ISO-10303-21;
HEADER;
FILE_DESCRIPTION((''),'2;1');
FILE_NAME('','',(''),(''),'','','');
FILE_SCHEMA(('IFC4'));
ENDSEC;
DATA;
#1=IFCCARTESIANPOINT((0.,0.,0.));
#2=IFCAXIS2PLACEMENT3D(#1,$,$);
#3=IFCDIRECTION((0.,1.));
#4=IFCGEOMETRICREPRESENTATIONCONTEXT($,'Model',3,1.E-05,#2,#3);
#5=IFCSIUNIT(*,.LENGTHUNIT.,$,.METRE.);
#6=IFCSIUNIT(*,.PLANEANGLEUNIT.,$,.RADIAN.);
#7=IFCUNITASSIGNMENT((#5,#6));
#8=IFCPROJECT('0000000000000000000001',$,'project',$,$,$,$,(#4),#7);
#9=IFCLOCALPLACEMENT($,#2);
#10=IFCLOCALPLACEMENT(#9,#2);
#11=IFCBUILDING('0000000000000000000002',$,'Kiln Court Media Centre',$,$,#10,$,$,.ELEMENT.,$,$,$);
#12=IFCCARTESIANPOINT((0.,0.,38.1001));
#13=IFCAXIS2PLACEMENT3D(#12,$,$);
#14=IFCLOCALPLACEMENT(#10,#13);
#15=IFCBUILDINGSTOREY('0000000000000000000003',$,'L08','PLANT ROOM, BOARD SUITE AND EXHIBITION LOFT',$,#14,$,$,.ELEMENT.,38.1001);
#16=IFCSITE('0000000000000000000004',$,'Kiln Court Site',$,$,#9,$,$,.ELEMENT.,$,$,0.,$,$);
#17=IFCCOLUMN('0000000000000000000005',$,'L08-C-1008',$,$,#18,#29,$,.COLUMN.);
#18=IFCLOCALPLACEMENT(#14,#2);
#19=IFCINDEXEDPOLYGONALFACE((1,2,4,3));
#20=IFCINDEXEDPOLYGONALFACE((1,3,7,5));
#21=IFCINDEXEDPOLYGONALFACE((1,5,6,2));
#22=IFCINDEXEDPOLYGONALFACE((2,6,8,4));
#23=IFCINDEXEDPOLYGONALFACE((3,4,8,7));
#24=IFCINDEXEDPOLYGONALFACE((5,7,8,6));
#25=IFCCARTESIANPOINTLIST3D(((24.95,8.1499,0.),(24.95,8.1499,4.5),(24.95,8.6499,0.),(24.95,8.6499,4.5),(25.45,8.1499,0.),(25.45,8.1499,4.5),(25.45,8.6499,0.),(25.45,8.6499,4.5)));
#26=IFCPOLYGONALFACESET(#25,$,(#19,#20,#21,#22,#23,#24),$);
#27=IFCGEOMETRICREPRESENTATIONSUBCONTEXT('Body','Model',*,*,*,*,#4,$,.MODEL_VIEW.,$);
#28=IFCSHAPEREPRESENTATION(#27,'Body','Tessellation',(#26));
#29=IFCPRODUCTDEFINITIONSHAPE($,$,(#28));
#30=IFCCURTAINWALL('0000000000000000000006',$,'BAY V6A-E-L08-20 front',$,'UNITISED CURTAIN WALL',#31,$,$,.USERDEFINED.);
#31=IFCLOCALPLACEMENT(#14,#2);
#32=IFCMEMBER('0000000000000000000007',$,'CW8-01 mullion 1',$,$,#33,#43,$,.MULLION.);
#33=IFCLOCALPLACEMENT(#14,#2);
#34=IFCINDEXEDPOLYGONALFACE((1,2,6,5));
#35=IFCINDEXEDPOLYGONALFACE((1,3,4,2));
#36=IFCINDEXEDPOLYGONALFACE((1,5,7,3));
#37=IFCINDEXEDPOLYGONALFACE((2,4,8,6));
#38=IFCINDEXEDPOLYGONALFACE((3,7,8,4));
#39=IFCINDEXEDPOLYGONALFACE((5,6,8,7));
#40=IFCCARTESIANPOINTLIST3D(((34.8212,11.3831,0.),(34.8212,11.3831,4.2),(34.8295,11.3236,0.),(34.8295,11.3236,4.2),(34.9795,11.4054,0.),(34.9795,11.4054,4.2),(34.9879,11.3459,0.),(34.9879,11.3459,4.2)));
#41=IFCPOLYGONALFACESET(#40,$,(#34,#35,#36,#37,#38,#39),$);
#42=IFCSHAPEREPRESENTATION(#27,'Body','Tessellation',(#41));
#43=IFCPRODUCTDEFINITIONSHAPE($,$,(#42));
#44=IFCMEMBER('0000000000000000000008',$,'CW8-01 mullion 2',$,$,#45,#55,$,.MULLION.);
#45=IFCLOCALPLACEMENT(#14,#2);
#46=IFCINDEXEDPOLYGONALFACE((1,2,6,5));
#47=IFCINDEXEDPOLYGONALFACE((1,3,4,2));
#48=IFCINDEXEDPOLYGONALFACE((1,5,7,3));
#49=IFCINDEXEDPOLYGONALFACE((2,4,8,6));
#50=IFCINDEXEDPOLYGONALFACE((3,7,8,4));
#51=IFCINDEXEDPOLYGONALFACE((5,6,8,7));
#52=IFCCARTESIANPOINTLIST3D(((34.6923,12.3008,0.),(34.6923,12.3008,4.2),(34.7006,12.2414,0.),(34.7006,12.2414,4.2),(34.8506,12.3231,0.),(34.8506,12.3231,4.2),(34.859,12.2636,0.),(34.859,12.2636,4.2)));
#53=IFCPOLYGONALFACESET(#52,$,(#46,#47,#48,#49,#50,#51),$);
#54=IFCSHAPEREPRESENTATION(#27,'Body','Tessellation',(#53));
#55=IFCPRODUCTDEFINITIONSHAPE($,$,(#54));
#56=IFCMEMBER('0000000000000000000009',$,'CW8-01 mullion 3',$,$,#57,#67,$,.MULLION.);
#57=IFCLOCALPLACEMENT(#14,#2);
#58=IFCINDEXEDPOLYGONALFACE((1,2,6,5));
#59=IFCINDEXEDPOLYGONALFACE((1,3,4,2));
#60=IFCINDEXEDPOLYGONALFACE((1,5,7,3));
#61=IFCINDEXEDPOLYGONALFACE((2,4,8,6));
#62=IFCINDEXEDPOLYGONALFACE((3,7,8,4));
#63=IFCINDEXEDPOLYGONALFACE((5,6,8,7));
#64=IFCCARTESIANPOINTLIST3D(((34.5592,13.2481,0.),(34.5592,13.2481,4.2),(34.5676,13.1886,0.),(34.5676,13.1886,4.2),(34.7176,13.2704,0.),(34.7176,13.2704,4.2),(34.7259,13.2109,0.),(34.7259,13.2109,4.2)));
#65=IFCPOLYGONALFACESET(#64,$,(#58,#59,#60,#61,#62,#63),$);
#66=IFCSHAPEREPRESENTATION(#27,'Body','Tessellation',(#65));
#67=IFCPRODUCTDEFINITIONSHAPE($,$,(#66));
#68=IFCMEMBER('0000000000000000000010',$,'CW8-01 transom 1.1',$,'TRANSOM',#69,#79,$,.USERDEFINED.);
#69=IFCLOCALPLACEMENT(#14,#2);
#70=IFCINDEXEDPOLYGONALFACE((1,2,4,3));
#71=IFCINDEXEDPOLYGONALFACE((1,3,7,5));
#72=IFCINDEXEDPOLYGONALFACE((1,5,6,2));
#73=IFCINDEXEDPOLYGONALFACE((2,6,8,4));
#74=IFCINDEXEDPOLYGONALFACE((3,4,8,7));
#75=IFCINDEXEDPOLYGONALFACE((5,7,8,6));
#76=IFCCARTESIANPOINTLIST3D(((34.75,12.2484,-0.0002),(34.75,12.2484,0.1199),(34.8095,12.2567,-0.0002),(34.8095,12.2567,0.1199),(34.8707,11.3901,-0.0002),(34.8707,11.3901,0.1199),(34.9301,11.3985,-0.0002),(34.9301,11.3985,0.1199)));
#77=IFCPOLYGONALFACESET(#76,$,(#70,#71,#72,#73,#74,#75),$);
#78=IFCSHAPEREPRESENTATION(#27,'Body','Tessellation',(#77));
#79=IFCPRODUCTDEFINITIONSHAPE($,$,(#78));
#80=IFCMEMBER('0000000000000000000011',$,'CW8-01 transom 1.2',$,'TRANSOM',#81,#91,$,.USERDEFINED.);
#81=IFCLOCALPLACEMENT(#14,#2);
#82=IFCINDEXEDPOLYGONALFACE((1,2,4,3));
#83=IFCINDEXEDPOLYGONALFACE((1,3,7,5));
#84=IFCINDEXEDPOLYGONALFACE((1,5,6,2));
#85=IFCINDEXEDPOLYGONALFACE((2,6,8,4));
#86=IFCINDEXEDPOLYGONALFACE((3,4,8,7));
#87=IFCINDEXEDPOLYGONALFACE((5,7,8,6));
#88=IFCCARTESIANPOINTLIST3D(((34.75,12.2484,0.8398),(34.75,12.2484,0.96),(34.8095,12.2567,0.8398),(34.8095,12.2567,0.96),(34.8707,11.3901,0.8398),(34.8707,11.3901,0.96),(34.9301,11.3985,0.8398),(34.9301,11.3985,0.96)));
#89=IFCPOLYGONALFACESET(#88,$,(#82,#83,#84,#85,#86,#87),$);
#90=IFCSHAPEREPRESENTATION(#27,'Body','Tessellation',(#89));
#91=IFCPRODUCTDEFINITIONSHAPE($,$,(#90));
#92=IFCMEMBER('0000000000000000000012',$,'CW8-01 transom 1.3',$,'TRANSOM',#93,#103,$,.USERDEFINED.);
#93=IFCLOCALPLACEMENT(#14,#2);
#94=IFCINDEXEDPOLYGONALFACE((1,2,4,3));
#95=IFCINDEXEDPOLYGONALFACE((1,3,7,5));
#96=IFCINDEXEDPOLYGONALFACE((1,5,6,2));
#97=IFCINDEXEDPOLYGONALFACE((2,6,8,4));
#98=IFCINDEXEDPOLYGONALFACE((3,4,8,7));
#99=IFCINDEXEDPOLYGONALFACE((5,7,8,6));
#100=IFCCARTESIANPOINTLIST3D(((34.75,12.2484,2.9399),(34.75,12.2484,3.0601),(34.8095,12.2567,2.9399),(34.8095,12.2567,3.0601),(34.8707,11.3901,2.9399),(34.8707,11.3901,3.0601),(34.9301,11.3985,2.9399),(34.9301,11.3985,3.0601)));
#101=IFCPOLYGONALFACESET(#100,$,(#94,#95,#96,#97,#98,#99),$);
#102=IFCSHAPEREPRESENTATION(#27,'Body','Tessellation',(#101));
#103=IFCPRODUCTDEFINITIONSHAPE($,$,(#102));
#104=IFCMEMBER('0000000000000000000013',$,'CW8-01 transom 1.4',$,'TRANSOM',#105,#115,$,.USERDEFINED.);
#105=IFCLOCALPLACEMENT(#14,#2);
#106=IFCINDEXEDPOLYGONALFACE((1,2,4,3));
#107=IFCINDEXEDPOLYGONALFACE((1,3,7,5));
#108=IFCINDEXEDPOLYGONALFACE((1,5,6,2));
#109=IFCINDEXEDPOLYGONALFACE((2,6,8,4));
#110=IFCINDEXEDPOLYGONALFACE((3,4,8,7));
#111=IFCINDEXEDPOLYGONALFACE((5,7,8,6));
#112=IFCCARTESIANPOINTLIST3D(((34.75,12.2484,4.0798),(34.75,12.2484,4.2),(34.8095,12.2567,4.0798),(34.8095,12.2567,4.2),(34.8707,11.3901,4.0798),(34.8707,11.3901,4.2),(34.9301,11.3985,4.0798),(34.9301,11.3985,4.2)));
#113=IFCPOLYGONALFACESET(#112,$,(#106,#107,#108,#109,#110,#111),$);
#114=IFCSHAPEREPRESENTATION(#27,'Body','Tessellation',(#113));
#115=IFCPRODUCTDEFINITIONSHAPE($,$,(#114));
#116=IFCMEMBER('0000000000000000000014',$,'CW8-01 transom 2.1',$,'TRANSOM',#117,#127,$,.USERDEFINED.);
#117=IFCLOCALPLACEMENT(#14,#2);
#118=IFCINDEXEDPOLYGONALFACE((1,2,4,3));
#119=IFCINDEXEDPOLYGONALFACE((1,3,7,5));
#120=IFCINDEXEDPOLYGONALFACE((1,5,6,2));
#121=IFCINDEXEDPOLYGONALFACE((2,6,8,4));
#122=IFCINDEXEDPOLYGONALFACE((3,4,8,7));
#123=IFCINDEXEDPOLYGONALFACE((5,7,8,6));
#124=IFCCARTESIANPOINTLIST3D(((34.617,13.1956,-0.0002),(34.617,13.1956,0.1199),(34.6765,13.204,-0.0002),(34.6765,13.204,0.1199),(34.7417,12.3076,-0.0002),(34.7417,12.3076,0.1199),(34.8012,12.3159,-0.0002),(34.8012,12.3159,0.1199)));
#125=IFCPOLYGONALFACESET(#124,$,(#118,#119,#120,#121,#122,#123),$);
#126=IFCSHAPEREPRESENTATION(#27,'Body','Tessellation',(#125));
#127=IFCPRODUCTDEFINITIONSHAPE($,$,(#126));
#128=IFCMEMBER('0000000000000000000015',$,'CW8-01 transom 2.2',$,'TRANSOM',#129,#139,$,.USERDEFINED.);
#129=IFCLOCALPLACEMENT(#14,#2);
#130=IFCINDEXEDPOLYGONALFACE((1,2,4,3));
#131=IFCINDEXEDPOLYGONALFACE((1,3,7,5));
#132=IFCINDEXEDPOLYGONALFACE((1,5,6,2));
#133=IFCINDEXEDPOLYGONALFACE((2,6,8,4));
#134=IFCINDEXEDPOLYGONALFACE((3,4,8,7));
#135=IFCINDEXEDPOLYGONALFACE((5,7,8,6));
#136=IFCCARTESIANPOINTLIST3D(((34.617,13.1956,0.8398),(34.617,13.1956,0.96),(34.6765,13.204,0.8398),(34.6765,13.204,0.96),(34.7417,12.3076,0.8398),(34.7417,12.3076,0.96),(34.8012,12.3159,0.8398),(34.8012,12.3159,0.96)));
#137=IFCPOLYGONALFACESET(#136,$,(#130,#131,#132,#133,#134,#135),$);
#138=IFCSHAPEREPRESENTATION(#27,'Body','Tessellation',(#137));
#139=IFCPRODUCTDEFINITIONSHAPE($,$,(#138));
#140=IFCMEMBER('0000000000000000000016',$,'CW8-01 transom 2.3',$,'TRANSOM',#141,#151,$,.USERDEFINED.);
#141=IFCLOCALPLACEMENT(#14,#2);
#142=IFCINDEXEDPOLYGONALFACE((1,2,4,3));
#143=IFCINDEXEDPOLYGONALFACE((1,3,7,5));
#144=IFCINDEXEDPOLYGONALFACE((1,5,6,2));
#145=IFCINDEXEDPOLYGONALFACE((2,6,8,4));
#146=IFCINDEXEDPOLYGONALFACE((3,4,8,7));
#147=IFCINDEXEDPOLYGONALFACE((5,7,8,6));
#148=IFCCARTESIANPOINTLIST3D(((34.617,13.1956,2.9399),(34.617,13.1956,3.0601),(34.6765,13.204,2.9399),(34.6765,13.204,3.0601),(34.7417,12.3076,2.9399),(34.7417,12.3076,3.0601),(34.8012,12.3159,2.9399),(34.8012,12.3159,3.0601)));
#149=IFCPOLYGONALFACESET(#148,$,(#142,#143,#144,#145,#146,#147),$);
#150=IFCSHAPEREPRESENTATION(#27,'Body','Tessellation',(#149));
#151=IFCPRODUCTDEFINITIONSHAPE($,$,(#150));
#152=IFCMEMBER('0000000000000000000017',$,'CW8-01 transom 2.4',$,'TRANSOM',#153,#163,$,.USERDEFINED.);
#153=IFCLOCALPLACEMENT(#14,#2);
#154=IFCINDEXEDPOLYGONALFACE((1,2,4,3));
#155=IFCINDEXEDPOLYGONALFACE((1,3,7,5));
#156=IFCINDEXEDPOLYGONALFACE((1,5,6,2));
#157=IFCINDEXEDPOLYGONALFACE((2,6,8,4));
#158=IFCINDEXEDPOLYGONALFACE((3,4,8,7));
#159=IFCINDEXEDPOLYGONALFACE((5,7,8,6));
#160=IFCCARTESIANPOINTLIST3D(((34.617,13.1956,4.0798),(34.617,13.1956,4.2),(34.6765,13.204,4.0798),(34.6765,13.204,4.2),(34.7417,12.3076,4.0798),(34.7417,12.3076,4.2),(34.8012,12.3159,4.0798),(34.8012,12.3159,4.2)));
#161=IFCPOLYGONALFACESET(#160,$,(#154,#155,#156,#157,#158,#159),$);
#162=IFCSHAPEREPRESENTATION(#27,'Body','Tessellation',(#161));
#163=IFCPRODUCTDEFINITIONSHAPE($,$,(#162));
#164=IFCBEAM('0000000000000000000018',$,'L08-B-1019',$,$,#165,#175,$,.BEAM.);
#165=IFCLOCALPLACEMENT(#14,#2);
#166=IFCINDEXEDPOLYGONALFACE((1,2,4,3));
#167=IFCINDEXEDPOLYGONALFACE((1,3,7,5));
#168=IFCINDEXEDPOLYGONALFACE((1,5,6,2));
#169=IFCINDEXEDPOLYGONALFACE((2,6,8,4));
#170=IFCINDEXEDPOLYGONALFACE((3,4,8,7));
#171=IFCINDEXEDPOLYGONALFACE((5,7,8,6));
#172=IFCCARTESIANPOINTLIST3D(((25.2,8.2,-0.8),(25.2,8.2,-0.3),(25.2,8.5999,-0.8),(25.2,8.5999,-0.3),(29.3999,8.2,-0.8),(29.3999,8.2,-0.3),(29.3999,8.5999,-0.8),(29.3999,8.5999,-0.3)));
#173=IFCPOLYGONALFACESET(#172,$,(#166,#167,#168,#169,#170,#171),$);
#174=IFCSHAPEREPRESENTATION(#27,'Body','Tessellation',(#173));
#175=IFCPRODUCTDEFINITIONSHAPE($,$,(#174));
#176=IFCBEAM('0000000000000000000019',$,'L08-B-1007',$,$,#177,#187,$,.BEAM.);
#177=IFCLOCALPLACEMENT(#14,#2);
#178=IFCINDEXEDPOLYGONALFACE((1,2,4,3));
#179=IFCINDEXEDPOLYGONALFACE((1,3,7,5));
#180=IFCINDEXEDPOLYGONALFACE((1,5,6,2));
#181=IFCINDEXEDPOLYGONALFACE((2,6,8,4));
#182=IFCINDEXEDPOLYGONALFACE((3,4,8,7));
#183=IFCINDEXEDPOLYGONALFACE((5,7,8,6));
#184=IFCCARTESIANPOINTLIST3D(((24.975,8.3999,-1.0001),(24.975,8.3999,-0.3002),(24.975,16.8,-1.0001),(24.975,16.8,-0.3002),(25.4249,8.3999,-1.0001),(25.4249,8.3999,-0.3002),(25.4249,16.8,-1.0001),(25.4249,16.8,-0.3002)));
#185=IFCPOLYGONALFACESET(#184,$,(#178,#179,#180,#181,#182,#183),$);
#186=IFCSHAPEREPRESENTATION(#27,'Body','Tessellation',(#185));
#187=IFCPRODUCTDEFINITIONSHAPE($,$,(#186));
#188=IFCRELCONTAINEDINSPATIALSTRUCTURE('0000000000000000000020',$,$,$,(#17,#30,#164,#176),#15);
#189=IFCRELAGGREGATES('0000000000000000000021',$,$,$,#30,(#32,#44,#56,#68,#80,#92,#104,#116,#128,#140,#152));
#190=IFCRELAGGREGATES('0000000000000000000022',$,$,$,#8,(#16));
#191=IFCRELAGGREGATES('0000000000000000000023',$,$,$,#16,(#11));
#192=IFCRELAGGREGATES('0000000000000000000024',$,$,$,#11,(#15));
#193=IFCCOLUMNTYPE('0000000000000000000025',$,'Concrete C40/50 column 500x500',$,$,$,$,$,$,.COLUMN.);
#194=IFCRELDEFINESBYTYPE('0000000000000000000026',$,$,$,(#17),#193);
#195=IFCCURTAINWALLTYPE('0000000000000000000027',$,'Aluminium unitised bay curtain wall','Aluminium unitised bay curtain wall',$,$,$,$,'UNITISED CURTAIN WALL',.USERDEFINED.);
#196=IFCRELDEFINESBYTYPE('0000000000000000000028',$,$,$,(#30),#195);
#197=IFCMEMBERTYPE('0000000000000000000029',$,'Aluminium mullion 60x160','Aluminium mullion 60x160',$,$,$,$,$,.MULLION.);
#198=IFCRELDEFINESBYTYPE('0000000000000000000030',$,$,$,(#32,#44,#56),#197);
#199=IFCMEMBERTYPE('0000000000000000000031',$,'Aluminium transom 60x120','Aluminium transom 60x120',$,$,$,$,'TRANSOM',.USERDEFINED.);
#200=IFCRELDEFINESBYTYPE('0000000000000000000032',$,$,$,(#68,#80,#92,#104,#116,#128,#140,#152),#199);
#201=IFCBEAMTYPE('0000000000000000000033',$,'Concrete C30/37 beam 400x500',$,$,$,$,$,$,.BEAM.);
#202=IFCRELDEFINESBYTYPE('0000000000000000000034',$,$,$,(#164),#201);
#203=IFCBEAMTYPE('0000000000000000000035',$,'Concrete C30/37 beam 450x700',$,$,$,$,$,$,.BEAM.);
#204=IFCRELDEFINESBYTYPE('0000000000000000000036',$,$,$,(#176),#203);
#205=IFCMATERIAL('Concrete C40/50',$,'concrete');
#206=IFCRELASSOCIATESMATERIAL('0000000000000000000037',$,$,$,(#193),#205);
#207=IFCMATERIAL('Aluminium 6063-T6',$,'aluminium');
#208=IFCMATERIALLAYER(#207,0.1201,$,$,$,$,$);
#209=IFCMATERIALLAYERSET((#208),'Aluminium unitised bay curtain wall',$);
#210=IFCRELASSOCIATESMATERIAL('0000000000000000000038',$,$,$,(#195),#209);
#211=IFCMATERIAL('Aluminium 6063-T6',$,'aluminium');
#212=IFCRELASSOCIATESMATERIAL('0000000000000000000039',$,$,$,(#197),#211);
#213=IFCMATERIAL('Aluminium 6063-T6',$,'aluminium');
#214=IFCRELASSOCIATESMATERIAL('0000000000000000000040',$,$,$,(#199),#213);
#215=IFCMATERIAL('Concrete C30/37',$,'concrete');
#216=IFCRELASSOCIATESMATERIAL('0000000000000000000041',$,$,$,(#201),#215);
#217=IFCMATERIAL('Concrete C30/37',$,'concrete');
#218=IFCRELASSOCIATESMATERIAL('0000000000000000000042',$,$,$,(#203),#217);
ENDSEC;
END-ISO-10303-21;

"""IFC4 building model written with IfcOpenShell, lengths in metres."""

from ifc_helpers import new_model, si_unit, direction, frame, origin, origin_2d, place, context, subcontext, project, spatial, rectangle, extrude, material, layer, layer_set, material_profile, profile_set, type_object, element, aggregate, save


model = new_model("IFC4")

# Units and contexts
model_context = context("Model", 3, precision=1e-05, world=origin(), true_north=direction((0.0, 1.0)))
body_context = subcontext(model_context, "Body", "Model", "MODEL_VIEW")
ifc_project = project(units=[si_unit("LENGTHUNIT", "METRE"), si_unit("PLANEANGLEUNIT", "RADIAN")], contexts=[model_context])

# Site, building, storey
site_placement = place(None, origin())
site = spatial("IfcSite", under=ifc_project, at=site_placement, Name="Kiln Court Site", CompositionType="ELEMENT", RefElevation=0.0)
building_placement = place(site_placement, origin())
building = spatial("IfcBuilding", under=site, at=building_placement, Name="Kiln Court Media Centre", CompositionType="ELEMENT")
storey_placement = place(building_placement, frame((0.0, 0.0, 38.1001)))
storey = spatial("IfcBuildingStorey", under=building, at=storey_placement, Name="L08", Description="PLANT ROOM, BOARD SUITE AND EXHIBITION LOFT", CompositionType="ELEMENT", Elevation=38.1001)

# Column
ifc_material_1 = material(Name="Concrete C40/50", Category="concrete")
ifc_material_profile_1 = material_profile(ifc_material_1, rectangle(XDim=0.5, YDim=0.5, at=origin_2d()), Name="RC 500x500")
ifc_profile_set_1 = profile_set([ifc_material_profile_1], Name="Concrete C40/50")
column_type = type_object("IfcColumnType", Name="Concrete C40/50 column 500x500", PredefinedType="COLUMN", material=ifc_profile_set_1)
column_placement = place(storey_placement, frame((25.2, 8.3999, 0.0), z_axis=(0.0, 0.0, 1.0), x_axis=(1.0, 0.0, 0.0)))
element("IfcColumn", 1, at=column_placement, inside=storey, type_object=column_type, Name="L08-C-1008", PredefinedType="COLUMN", context=body_context, shape_type="SweptSolid", body=[
    extrude(rectangle(XDim=0.5, YDim=0.5, at=origin_2d()), origin(), (0.0, 0.0, 1.0), 4.5),
])

# Curtain wall, members
ifc_material_2 = material(Name="Aluminium 6063-T6", Category="aluminium")
ifc_layer_1 = layer(ifc_material_2, 0.1201)
ifc_layer_set_1 = layer_set([ifc_layer_1], Name="Aluminium unitised bay curtain wall")
curtain_wall_type = type_object("IfcCurtainWallType", Name="Aluminium unitised bay curtain wall", Description="Aluminium unitised bay curtain wall", ElementType="UNITISED CURTAIN WALL", PredefinedType="USERDEFINED", material=ifc_layer_set_1)
curtain_wall_placement = place(storey_placement, origin())
curtain_wall = element("IfcCurtainWall", 2, at=curtain_wall_placement, inside=storey, type_object=curtain_wall_type, Name="BAY V6A-E-L08-20 front", ObjectType="UNITISED CURTAIN WALL", PredefinedType="USERDEFINED")
ifc_material_3 = material(Name="Aluminium 6063-T6", Category="aluminium")
ifc_material_profile_2 = material_profile(ifc_material_3, rectangle(XDim=0.0601, YDim=0.1599, at=origin_2d()), Name="Aluminium mullion 60x160")
ifc_profile_set_2 = profile_set([ifc_material_profile_2], Name="Aluminium 6063-T6")
member_type_1 = type_object("IfcMemberType", Name="Aluminium mullion 60x160", Description="Aluminium mullion 60x160", PredefinedType="MULLION", material=ifc_profile_set_2)
member_1_placement = place(storey_placement, frame((34.9045, 11.3645, 0.0), z_axis=(0.0, 0.0, 1.0), x_axis=(-0.139162, 0.99027, 0.0)))
member_1 = element("IfcMember", 3, at=member_1_placement, type_object=member_type_1, Name="CW8-01 mullion 1", PredefinedType="MULLION", context=body_context, shape_type="SweptSolid", body=[
    extrude(rectangle(XDim=0.0601, YDim=0.1599, at=origin_2d()), origin(), (0.0, 0.0, 1.0), 4.2),
])
member_2_placement = place(storey_placement, frame((34.7756, 12.2822, 0.0), z_axis=(0.0, 0.0, 1.0), x_axis=(-0.139162, 0.99027, 0.0)))
member_2 = element("IfcMember", 4, at=member_2_placement, type_object=member_type_1, Name="CW8-01 mullion 2", PredefinedType="MULLION", context=body_context, shape_type="SweptSolid", body=[
    extrude(rectangle(XDim=0.0601, YDim=0.1599, at=origin_2d()), origin(), (0.0, 0.0, 1.0), 4.2),
])
member_3_placement = place(storey_placement, frame((34.6426, 13.2295, 0.0), z_axis=(0.0, 0.0, 1.0), x_axis=(-0.139162, 0.99027, 0.0)))
member_3 = element("IfcMember", 5, at=member_3_placement, type_object=member_type_1, Name="CW8-01 mullion 3", PredefinedType="MULLION", context=body_context, shape_type="SweptSolid", body=[
    extrude(rectangle(XDim=0.0601, YDim=0.1599, at=origin_2d()), origin(), (0.0, 0.0, 1.0), 4.2),
])
ifc_material_4 = material(Name="Aluminium 6063-T6", Category="aluminium")
ifc_material_profile_3 = material_profile(ifc_material_4, rectangle(XDim=0.0601, YDim=0.1201, at=origin_2d()), Name="Aluminium transom 60x120")
ifc_profile_set_3 = profile_set([ifc_material_profile_3], Name="Aluminium 6063-T6")
member_type_2 = type_object("IfcMemberType", Name="Aluminium transom 60x120", Description="Aluminium transom 60x120", ElementType="TRANSOM", PredefinedType="USERDEFINED", material=ifc_profile_set_3)
member_4_placement = place(storey_placement, frame((34.9004, 11.3943, 0.0598), z_axis=(-0.139173, 0.990268, 0.0), x_axis=(-0.990268, -0.139173, 0.0)))
member_4 = element("IfcMember", 6, at=member_4_placement, type_object=member_type_2, Name="CW8-01 transom 1.1", ObjectType="TRANSOM", PredefinedType="USERDEFINED", context=body_context, shape_type="SweptSolid", body=[
    extrude(rectangle(XDim=0.0601, YDim=0.1201, at=origin_2d()), origin(), (0.0, 0.0, 1.0), 0.8667),
])
member_5_placement = place(storey_placement, frame((34.9004, 11.3943, 0.8999), z_axis=(-0.139173, 0.990268, 0.0), x_axis=(-0.990268, -0.139173, 0.0)))
member_5 = element("IfcMember", 7, at=member_5_placement, type_object=member_type_2, Name="CW8-01 transom 1.2", ObjectType="TRANSOM", PredefinedType="USERDEFINED", context=body_context, shape_type="SweptSolid", body=[
    extrude(rectangle(XDim=0.0601, YDim=0.1201, at=origin_2d()), origin(), (0.0, 0.0, 1.0), 0.8667),
])
member_6_placement = place(storey_placement, frame((34.9004, 11.3943, 3.0), z_axis=(-0.139173, 0.990268, 0.0), x_axis=(-0.990268, -0.139173, 0.0)))
member_6 = element("IfcMember", 8, at=member_6_placement, type_object=member_type_2, Name="CW8-01 transom 1.3", ObjectType="TRANSOM", PredefinedType="USERDEFINED", context=body_context, shape_type="SweptSolid", body=[
    extrude(rectangle(XDim=0.0601, YDim=0.1201, at=origin_2d()), origin(), (0.0, 0.0, 1.0), 0.8667),
])
member_7_placement = place(storey_placement, frame((34.9004, 11.3943, 4.1399), z_axis=(-0.139173, 0.990268, 0.0), x_axis=(-0.990268, -0.139173, 0.0)))
member_7 = element("IfcMember", 9, at=member_7_placement, type_object=member_type_2, Name="CW8-01 transom 1.4", ObjectType="TRANSOM", PredefinedType="USERDEFINED", context=body_context, shape_type="SweptSolid", body=[
    extrude(rectangle(XDim=0.0601, YDim=0.1201, at=origin_2d()), origin(), (0.0, 0.0, 1.0), 0.8667),
])
member_8_placement = place(storey_placement, frame((34.7715, 12.3118, 0.0598), z_axis=(-0.139134, 0.990274, 0.0), x_axis=(-0.990274, -0.139134, 0.0)))
member_8 = element("IfcMember", 10, at=member_8_placement, type_object=member_type_2, Name="CW8-01 transom 2.1", ObjectType="TRANSOM", PredefinedType="USERDEFINED", context=body_context, shape_type="SweptSolid", body=[
    extrude(rectangle(XDim=0.0601, YDim=0.1201, at=origin_2d()), origin(), (0.0, 0.0, 1.0), 0.8967),
])
member_9_placement = place(storey_placement, frame((34.7715, 12.3118, 0.8999), z_axis=(-0.139134, 0.990274, 0.0), x_axis=(-0.990274, -0.139134, 0.0)))
member_9 = element("IfcMember", 11, at=member_9_placement, type_object=member_type_2, Name="CW8-01 transom 2.2", ObjectType="TRANSOM", PredefinedType="USERDEFINED", context=body_context, shape_type="SweptSolid", body=[
    extrude(rectangle(XDim=0.0601, YDim=0.1201, at=origin_2d()), origin(), (0.0, 0.0, 1.0), 0.8967),
])
member_10_placement = place(storey_placement, frame((34.7715, 12.3118, 3.0), z_axis=(-0.139134, 0.990274, 0.0), x_axis=(-0.990274, -0.139134, 0.0)))
member_10 = element("IfcMember", 12, at=member_10_placement, type_object=member_type_2, Name="CW8-01 transom 2.3", ObjectType="TRANSOM", PredefinedType="USERDEFINED", context=body_context, shape_type="SweptSolid", body=[
    extrude(rectangle(XDim=0.0601, YDim=0.1201, at=origin_2d()), origin(), (0.0, 0.0, 1.0), 0.8967),
])
member_11_placement = place(storey_placement, frame((34.7715, 12.3118, 4.1399), z_axis=(-0.139134, 0.990274, 0.0), x_axis=(-0.990274, -0.139134, 0.0)))
member_11 = element("IfcMember", 13, at=member_11_placement, type_object=member_type_2, Name="CW8-01 transom 2.4", ObjectType="TRANSOM", PredefinedType="USERDEFINED", context=body_context, shape_type="SweptSolid", body=[
    extrude(rectangle(XDim=0.0601, YDim=0.1201, at=origin_2d()), origin(), (0.0, 0.0, 1.0), 0.8967),
])

# Beams
ifc_material_5 = material(Name="Concrete C30/37", Category="concrete")
ifc_material_profile_4 = material_profile(ifc_material_5, rectangle(XDim=0.3999, YDim=0.5, at=origin_2d()), Name="RC 400x500")
ifc_profile_set_4 = profile_set([ifc_material_profile_4], Name="Concrete C30/37")
beam_type_1 = type_object("IfcBeamType", Name="Concrete C30/37 beam 400x500", PredefinedType="BEAM", material=ifc_profile_set_4)
beam_1_placement = place(storey_placement, frame((25.2, 8.3999, -0.55), z_axis=(1.0, 0.0, 0.0), x_axis=(0.0, 1.0, 0.0)))
element("IfcBeam", 14, at=beam_1_placement, inside=storey, type_object=beam_type_1, Name="L08-B-1019", PredefinedType="BEAM", context=body_context, shape_type="SweptSolid", body=[
    extrude(rectangle(XDim=0.3999, YDim=0.5, at=origin_2d()), origin(), (0.0, 0.0, 1.0), 4.2),
])
ifc_material_6 = material(Name="Concrete C30/37", Category="concrete")
ifc_material_profile_5 = material_profile(ifc_material_6, rectangle(XDim=0.45, YDim=0.7, at=origin_2d()), Name="RC 450x700")
ifc_profile_set_5 = profile_set([ifc_material_profile_5], Name="Concrete C30/37")
beam_type_2 = type_object("IfcBeamType", Name="Concrete C30/37 beam 450x700", PredefinedType="BEAM", material=ifc_profile_set_5)
beam_2_placement = place(storey_placement, frame((25.2, 8.3999, -0.6501), z_axis=(0.0, 1.0, 0.0), x_axis=(-1.0, 0.0, 0.0)))
element("IfcBeam", 15, at=beam_2_placement, inside=storey, type_object=beam_type_2, Name="L08-B-1007", PredefinedType="BEAM", context=body_context, shape_type="SweptSolid", body=[
    extrude(rectangle(XDim=0.45, YDim=0.7, at=origin_2d()), origin(), (0.0, 0.0, 1.0), 8.4001),
])

aggregate(curtain_wall, [member_1, member_2, member_3, member_4, member_5, member_6, member_7, member_8, member_9, member_10, member_11])

save(model, "model.ifc")
